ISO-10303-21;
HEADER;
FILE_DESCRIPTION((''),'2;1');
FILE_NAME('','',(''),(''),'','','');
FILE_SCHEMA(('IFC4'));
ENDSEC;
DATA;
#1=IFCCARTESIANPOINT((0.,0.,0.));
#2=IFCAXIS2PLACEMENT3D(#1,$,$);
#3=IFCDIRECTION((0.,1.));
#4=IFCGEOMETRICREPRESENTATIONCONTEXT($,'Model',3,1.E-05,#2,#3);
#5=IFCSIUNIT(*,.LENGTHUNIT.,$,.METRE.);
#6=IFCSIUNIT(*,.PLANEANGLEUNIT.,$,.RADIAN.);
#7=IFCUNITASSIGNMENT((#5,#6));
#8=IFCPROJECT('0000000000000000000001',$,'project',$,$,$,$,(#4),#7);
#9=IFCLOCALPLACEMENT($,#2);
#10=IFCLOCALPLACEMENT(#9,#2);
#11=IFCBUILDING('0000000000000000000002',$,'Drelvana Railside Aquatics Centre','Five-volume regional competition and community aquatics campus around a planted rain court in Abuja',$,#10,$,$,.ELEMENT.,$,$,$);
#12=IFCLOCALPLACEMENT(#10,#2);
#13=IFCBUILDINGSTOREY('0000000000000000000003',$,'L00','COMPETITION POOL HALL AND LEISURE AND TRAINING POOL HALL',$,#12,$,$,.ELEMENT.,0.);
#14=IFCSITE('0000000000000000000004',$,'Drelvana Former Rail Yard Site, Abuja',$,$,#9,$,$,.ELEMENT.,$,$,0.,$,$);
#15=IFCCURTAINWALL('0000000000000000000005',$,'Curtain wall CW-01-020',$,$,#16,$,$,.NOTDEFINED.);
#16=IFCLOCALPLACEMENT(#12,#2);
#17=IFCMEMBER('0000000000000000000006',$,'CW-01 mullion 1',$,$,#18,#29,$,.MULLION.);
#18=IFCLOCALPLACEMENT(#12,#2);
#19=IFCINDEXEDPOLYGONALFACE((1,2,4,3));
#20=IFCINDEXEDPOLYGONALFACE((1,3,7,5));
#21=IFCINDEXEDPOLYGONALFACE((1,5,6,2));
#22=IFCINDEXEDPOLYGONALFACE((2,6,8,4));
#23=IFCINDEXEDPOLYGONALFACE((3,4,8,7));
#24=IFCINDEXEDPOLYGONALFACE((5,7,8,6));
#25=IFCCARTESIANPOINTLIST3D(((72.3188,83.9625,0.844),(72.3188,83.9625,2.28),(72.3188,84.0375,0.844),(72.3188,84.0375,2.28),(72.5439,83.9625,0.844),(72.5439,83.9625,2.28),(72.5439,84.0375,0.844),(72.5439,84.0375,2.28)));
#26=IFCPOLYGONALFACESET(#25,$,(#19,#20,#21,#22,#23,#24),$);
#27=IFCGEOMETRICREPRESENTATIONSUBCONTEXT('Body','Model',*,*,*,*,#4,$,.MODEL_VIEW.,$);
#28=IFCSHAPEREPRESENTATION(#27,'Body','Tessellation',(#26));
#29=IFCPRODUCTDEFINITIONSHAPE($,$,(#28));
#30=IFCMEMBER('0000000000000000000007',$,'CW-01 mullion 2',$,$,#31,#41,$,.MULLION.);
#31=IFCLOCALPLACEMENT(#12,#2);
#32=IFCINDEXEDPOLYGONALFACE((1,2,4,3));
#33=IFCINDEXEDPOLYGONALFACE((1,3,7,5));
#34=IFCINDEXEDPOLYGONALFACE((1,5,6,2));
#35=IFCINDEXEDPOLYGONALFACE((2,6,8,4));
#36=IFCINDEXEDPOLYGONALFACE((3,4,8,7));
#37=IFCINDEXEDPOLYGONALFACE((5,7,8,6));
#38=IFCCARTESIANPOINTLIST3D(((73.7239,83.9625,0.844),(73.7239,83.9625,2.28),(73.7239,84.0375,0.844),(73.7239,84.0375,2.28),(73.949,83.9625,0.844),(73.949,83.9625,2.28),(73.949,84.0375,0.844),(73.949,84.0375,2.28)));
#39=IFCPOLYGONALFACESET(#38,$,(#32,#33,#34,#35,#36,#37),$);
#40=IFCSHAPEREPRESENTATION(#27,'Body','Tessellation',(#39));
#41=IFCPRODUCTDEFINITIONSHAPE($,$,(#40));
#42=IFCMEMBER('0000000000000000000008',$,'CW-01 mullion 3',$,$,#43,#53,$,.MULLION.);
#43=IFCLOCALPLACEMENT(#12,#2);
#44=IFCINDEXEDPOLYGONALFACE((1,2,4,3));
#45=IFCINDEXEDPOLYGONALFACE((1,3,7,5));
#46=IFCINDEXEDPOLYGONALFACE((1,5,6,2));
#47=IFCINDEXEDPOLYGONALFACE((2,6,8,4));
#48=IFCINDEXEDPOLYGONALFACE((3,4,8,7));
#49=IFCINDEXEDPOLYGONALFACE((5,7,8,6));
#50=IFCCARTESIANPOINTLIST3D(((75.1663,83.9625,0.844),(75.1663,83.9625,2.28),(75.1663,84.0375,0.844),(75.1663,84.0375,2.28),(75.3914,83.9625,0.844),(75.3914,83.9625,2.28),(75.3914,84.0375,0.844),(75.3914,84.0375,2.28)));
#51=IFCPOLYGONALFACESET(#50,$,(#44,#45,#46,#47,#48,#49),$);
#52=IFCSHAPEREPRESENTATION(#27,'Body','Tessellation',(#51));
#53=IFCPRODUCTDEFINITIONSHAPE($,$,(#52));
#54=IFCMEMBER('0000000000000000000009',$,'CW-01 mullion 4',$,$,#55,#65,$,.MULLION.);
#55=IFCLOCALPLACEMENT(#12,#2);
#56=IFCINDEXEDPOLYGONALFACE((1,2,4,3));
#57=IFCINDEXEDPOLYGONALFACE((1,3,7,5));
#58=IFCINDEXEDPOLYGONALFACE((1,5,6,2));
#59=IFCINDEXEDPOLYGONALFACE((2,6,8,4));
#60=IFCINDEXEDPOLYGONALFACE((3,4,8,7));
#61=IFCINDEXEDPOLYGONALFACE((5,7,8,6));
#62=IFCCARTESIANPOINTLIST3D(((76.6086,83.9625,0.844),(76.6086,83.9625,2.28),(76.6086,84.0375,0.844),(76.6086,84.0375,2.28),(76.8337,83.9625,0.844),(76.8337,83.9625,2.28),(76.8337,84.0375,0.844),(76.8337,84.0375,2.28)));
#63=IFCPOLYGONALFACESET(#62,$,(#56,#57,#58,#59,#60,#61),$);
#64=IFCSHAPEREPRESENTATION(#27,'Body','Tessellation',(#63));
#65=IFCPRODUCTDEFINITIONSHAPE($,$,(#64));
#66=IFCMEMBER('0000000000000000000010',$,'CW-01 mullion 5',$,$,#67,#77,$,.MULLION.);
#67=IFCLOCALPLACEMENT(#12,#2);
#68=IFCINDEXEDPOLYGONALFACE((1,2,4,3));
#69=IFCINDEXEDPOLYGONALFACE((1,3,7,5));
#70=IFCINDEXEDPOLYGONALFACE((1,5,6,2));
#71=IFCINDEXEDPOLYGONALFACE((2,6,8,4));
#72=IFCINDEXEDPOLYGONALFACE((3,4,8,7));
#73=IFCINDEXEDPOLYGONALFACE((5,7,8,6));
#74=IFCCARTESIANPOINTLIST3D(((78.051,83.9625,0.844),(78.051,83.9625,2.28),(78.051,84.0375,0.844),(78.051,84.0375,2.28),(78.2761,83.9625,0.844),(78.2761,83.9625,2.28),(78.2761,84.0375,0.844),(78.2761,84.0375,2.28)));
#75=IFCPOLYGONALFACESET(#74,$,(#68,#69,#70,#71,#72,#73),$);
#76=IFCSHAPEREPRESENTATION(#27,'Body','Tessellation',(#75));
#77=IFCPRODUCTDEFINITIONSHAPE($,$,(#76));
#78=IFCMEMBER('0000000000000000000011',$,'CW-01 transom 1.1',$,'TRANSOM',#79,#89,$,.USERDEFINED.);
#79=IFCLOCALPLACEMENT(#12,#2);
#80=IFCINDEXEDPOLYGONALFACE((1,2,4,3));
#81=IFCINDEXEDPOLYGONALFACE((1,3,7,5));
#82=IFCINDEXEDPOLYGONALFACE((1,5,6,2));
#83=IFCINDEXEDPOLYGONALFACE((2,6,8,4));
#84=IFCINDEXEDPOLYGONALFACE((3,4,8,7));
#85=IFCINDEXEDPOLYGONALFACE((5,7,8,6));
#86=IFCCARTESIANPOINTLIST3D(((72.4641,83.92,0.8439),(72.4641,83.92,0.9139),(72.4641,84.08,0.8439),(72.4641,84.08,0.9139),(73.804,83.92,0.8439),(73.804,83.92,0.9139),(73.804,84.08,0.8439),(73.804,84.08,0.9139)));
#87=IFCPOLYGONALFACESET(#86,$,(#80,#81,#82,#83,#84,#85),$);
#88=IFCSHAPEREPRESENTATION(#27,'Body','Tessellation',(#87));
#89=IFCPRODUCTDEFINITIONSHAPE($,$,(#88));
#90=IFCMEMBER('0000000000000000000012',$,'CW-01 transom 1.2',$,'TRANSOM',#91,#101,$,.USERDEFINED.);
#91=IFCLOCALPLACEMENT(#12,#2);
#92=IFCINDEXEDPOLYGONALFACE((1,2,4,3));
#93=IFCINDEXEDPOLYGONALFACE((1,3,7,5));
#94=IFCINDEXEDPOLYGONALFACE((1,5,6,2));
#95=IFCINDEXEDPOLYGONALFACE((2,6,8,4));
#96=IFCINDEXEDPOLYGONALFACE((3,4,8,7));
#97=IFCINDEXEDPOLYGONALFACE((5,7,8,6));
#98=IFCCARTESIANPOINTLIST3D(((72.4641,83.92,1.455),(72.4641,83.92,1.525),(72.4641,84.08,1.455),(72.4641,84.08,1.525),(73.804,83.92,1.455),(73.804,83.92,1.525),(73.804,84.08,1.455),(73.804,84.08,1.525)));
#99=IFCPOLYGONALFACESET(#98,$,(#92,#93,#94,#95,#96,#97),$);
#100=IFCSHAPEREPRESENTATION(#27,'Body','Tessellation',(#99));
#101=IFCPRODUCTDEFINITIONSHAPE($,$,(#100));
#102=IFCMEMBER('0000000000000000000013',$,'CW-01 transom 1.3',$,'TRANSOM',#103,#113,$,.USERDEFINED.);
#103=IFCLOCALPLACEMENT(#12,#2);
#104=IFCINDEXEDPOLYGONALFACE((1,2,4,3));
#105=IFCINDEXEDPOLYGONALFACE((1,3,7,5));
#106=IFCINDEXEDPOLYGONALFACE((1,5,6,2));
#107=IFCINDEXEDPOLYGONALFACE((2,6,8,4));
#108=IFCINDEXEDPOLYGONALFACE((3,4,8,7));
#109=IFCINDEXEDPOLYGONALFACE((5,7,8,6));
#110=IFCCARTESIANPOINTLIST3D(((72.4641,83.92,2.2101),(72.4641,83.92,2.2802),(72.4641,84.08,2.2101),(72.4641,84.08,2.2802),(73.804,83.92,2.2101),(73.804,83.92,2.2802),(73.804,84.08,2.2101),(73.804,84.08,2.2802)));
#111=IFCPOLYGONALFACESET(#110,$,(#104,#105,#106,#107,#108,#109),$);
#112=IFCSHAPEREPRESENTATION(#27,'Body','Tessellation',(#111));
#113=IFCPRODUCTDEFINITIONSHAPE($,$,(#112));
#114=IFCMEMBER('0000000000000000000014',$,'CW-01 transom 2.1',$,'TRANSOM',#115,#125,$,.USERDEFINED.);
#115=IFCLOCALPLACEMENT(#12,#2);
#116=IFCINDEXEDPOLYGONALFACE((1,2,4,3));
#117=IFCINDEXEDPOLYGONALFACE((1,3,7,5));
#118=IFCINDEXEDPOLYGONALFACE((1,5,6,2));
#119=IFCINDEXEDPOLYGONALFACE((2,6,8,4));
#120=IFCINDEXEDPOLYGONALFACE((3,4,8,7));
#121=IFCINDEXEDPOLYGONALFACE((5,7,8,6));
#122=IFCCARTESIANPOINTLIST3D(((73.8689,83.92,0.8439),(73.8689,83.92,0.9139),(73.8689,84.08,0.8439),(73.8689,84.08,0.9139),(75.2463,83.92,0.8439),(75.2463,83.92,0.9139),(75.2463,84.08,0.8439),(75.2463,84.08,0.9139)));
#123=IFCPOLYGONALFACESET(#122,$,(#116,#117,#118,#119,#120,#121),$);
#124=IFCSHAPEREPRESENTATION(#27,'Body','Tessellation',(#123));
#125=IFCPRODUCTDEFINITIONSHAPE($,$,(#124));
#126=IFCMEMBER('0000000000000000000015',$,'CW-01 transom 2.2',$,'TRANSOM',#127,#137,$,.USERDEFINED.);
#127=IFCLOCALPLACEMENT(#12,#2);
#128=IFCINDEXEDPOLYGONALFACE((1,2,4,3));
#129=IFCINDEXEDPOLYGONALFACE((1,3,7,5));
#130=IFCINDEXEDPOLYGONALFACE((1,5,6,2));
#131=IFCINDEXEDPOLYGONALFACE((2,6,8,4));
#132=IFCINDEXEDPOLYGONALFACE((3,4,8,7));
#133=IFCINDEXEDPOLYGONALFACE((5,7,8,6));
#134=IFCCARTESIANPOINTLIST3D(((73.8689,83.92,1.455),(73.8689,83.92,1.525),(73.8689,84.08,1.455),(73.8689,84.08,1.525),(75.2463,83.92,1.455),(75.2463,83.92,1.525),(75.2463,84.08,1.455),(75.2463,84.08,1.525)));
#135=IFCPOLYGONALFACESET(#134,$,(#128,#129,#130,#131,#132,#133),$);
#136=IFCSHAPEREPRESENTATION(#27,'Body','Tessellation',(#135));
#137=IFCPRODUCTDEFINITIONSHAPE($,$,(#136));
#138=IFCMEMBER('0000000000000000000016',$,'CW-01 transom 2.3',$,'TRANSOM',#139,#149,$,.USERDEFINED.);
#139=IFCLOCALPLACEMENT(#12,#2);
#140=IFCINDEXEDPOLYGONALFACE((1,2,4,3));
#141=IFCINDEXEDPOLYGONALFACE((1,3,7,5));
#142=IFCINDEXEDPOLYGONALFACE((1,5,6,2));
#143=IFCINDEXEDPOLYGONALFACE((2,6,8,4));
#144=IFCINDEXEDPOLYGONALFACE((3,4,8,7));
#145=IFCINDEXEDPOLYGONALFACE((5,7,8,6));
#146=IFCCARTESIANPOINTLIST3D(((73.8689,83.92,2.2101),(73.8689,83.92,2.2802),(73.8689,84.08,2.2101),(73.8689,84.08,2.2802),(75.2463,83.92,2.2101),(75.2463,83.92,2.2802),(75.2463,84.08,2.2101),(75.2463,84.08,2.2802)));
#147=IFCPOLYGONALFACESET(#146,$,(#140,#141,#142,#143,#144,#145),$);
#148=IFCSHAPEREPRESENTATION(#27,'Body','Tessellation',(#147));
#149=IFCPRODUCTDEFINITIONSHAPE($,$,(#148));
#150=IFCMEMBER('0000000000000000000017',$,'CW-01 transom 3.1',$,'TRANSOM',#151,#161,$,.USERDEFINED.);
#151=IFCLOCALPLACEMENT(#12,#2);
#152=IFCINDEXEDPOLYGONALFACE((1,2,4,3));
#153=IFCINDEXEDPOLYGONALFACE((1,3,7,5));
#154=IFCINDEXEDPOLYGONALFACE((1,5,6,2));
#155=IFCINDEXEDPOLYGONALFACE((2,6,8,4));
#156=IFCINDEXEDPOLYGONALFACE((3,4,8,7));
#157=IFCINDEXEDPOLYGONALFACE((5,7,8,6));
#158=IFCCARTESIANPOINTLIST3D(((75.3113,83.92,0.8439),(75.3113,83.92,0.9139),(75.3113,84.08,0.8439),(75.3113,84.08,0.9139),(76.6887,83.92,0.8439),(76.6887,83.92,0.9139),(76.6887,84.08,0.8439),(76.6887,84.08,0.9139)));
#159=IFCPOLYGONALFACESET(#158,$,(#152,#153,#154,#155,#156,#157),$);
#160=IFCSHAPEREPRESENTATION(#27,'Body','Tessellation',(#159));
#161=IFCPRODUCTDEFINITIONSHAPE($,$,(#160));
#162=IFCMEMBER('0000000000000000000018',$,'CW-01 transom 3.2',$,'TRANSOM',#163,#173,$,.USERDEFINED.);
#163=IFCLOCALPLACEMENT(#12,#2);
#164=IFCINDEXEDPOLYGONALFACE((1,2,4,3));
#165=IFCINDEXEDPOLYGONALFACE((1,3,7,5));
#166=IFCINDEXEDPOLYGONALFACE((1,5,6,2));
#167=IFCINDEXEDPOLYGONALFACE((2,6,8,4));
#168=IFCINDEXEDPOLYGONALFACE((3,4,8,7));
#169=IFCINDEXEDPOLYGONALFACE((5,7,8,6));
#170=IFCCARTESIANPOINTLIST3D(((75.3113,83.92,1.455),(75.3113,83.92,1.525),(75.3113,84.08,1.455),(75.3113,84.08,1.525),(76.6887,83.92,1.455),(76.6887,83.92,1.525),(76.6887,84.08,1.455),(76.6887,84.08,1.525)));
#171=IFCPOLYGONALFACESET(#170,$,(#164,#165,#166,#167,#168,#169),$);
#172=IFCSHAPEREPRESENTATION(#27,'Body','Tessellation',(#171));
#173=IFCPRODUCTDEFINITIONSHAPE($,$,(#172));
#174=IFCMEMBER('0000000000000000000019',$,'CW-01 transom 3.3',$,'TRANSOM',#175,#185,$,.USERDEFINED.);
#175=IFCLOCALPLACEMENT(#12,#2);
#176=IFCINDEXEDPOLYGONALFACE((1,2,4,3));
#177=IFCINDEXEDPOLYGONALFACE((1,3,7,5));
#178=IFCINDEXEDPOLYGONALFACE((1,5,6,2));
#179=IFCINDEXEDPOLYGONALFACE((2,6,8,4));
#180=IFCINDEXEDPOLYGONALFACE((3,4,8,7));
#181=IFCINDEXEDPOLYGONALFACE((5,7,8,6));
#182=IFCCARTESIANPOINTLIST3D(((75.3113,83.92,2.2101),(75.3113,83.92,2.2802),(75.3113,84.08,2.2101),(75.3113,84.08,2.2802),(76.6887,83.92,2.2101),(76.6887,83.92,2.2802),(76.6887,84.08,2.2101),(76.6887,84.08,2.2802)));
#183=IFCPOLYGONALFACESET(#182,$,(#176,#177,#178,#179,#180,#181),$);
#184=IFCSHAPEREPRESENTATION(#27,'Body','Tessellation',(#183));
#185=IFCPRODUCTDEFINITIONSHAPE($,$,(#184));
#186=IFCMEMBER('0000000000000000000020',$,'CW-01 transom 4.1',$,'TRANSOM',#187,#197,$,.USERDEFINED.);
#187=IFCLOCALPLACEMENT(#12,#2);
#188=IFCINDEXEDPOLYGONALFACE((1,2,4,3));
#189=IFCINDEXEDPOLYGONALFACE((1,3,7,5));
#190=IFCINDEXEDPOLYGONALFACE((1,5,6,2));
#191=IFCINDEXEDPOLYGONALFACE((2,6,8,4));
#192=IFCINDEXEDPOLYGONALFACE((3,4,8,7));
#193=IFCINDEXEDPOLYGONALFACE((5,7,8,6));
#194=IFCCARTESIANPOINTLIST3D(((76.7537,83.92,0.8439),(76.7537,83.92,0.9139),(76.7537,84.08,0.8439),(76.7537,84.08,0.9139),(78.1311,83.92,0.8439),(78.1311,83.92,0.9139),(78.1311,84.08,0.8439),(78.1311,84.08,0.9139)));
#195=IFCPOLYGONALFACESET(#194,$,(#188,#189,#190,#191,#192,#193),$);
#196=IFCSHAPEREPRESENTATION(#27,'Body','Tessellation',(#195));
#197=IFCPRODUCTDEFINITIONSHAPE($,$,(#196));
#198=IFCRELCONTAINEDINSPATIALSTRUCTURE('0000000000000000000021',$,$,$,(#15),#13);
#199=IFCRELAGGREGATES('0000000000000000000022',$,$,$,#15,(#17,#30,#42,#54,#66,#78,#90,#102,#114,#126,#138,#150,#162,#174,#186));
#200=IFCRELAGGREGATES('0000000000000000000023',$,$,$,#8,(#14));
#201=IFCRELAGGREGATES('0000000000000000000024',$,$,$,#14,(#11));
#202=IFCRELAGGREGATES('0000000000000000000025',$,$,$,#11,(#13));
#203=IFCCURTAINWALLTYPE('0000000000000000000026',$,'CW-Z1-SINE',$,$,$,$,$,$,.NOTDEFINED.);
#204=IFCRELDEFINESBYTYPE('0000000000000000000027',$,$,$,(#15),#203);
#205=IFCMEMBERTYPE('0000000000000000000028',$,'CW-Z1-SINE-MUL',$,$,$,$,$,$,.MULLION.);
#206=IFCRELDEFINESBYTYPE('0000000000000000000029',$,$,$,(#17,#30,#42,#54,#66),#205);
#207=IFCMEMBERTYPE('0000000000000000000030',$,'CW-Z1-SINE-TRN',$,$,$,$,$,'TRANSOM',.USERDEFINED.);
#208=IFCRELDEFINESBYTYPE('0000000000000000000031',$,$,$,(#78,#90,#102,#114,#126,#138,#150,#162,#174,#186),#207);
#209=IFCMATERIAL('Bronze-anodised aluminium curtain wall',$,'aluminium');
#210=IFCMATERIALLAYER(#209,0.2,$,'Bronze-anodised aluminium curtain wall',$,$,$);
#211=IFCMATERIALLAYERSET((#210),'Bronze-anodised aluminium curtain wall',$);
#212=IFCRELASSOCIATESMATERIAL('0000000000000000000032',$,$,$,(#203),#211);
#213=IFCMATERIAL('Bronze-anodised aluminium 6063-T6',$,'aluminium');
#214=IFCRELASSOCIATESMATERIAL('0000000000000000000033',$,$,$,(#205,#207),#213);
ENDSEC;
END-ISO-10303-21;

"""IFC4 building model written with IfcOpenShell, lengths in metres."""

from ifc_helpers import new_model, si_unit, direction, frame, origin, origin_2d, place, context, subcontext, project, spatial, rectangle, extrude, material, layer, layer_set, material_profile, profile_set, type_object, element, aggregate, save


model = new_model("IFC4")

# Units and contexts
model_context = context("Model", 3, precision=1e-05, world=origin(), true_north=direction((0.0, 1.0)))
body_context = subcontext(model_context, "Body", "Model", "MODEL_VIEW")
ifc_project = project(units=[si_unit("LENGTHUNIT", "METRE"), si_unit("PLANEANGLEUNIT", "RADIAN")], contexts=[model_context])

# Site, building, storey
site_placement = place(None, origin())
site = spatial("IfcSite", under=ifc_project, at=site_placement, Name="Drelvana Former Rail Yard Site, Abuja", CompositionType="ELEMENT", RefElevation=0.0)
building_placement = place(site_placement, origin())
building = spatial("IfcBuilding", under=site, at=building_placement, Name="Drelvana Railside Aquatics Centre", Description="Five-volume regional competition and community aquatics campus around a planted rain court in Abuja", CompositionType="ELEMENT")
storey_placement = place(building_placement, origin())
storey = spatial("IfcBuildingStorey", under=building, at=storey_placement, Name="L00", Description="COMPETITION POOL HALL AND LEISURE AND TRAINING POOL HALL", CompositionType="ELEMENT", Elevation=0.0)

# Curtain wall, members
ifc_material_1 = material(Name="Bronze-anodised aluminium curtain wall", Category="aluminium")
ifc_layer_1 = layer(ifc_material_1, 0.2, Name="Bronze-anodised aluminium curtain wall")
ifc_layer_set_1 = layer_set([ifc_layer_1], Name="Bronze-anodised aluminium curtain wall")
curtain_wall_type = type_object("IfcCurtainWallType", Name="CW-Z1-SINE", PredefinedType="NOTDEFINED", material=ifc_layer_set_1)
curtain_wall_placement = place(storey_placement, origin())
curtain_wall = element("IfcCurtainWall", 1, at=curtain_wall_placement, inside=storey, type_object=curtain_wall_type, Name="Curtain wall CW-01-020", PredefinedType="NOTDEFINED")
ifc_material_2 = material(Name="Bronze-anodised aluminium 6063-T6", Category="aluminium")
ifc_material_profile_1 = material_profile(ifc_material_2, rectangle(XDim=0.075, YDim=0.2251, at=origin_2d()), Name="ALU-M 75x225")
ifc_profile_set_1 = profile_set([ifc_material_profile_1], Name="Bronze-anodised aluminium 6063-T6")
member_type_1 = type_object("IfcMemberType", Name="CW-Z1-SINE-MUL", PredefinedType="MULLION", material=ifc_profile_set_1)
member_1_placement = place(storey_placement, frame((72.4314, 84.0, 0.844), z_axis=(0.0, 0.0, 1.0), x_axis=(0.0, 1.0, 0.0)))
member_1 = element("IfcMember", 2, at=member_1_placement, type_object=member_type_1, Name="CW-01 mullion 1", PredefinedType="MULLION", context=body_context, shape_type="SweptSolid", body=[
    extrude(rectangle(XDim=0.075, YDim=0.2251, at=origin_2d()), origin(), (0.0, 0.0, 1.0), 1.436),
])
member_2_placement = place(storey_placement, frame((73.8364, 84.0, 0.844), z_axis=(0.0, 0.0, 1.0), x_axis=(0.0, 1.0, 0.0)))
member_2 = element("IfcMember", 3, at=member_2_placement, type_object=member_type_1, Name="CW-01 mullion 2", PredefinedType="MULLION", context=body_context, shape_type="SweptSolid", body=[
    extrude(rectangle(XDim=0.075, YDim=0.2251, at=origin_2d()), origin(), (0.0, 0.0, 1.0), 1.436),
])
member_3_placement = place(storey_placement, frame((75.2788, 84.0, 0.844), z_axis=(0.0, 0.0, 1.0), x_axis=(0.0, 1.0, 0.0)))
member_3 = element("IfcMember", 4, at=member_3_placement, type_object=member_type_1, Name="CW-01 mullion 3", PredefinedType="MULLION", context=body_context, shape_type="SweptSolid", body=[
    extrude(rectangle(XDim=0.075, YDim=0.2251, at=origin_2d()), origin(), (0.0, 0.0, 1.0), 1.436),
])
member_4_placement = place(storey_placement, frame((76.7212, 84.0, 0.844), z_axis=(0.0, 0.0, 1.0), x_axis=(0.0, 1.0, 0.0)))
member_4 = element("IfcMember", 5, at=member_4_placement, type_object=member_type_1, Name="CW-01 mullion 4", PredefinedType="MULLION", context=body_context, shape_type="SweptSolid", body=[
    extrude(rectangle(XDim=0.075, YDim=0.2251, at=origin_2d()), origin(), (0.0, 0.0, 1.0), 1.436),
])
member_5_placement = place(storey_placement, frame((78.1636, 84.0, 0.844), z_axis=(0.0, 0.0, 1.0), x_axis=(0.0, 1.0, 0.0)))
member_5 = element("IfcMember", 6, at=member_5_placement, type_object=member_type_1, Name="CW-01 mullion 5", PredefinedType="MULLION", context=body_context, shape_type="SweptSolid", body=[
    extrude(rectangle(XDim=0.075, YDim=0.2251, at=origin_2d()), origin(), (0.0, 0.0, 1.0), 1.436),
])
ifc_material_profile_2 = material_profile(ifc_material_2, rectangle(XDim=0.1599, YDim=0.0701, at=origin_2d()), Name="ALU-T 70x160")
ifc_profile_set_2 = profile_set([ifc_material_profile_2], Name="Bronze-anodised aluminium 6063-T6")
member_type_2 = type_object("IfcMemberType", Name="CW-Z1-SINE-TRN", ElementType="TRANSOM", PredefinedType="USERDEFINED", material=ifc_profile_set_2)
member_6_placement = place(storey_placement, frame((72.4641, 84.0, 0.8789), z_axis=(1.0, 0.0, 0.0), x_axis=(0.0, 1.0, 0.0)))
member_6 = element("IfcMember", 7, at=member_6_placement, type_object=member_type_2, Name="CW-01 transom 1.1", ObjectType="TRANSOM", PredefinedType="USERDEFINED", context=body_context, shape_type="SweptSolid", body=[
    extrude(rectangle(XDim=0.1599, YDim=0.0701, at=origin_2d()), origin(), (0.0, 0.0, 1.0), 1.3398),
])
member_7_placement = place(storey_placement, frame((72.4641, 84.0, 1.49), z_axis=(1.0, 0.0, 0.0), x_axis=(0.0, 1.0, 0.0)))
member_7 = element("IfcMember", 8, at=member_7_placement, type_object=member_type_2, Name="CW-01 transom 1.2", ObjectType="TRANSOM", PredefinedType="USERDEFINED", context=body_context, shape_type="SweptSolid", body=[
    extrude(rectangle(XDim=0.1599, YDim=0.0701, at=origin_2d()), origin(), (0.0, 0.0, 1.0), 1.3398),
])
member_8_placement = place(storey_placement, frame((72.4641, 84.0, 2.2451), z_axis=(1.0, 0.0, 0.0), x_axis=(0.0, 1.0, 0.0)))
member_8 = element("IfcMember", 9, at=member_8_placement, type_object=member_type_2, Name="CW-01 transom 1.3", ObjectType="TRANSOM", PredefinedType="USERDEFINED", context=body_context, shape_type="SweptSolid", body=[
    extrude(rectangle(XDim=0.1599, YDim=0.0701, at=origin_2d()), origin(), (0.0, 0.0, 1.0), 1.3398),
])
member_9_placement = place(storey_placement, frame((73.8689, 84.0, 0.8789), z_axis=(1.0, 0.0, 0.0), x_axis=(0.0, 1.0, 0.0)))
member_9 = element("IfcMember", 10, at=member_9_placement, type_object=member_type_2, Name="CW-01 transom 2.1", ObjectType="TRANSOM", PredefinedType="USERDEFINED", context=body_context, shape_type="SweptSolid", body=[
    extrude(rectangle(XDim=0.1599, YDim=0.0701, at=origin_2d()), origin(), (0.0, 0.0, 1.0), 1.3774),
])
member_10_placement = place(storey_placement, frame((73.8689, 84.0, 1.49), z_axis=(1.0, 0.0, 0.0), x_axis=(0.0, 1.0, 0.0)))
member_10 = element("IfcMember", 11, at=member_10_placement, type_object=member_type_2, Name="CW-01 transom 2.2", ObjectType="TRANSOM", PredefinedType="USERDEFINED", context=body_context, shape_type="SweptSolid", body=[
    extrude(rectangle(XDim=0.1599, YDim=0.0701, at=origin_2d()), origin(), (0.0, 0.0, 1.0), 1.3774),
])
member_11_placement = place(storey_placement, frame((73.8689, 84.0, 2.2451), z_axis=(1.0, 0.0, 0.0), x_axis=(0.0, 1.0, 0.0)))
member_11 = element("IfcMember", 12, at=member_11_placement, type_object=member_type_2, Name="CW-01 transom 2.3", ObjectType="TRANSOM", PredefinedType="USERDEFINED", context=body_context, shape_type="SweptSolid", body=[
    extrude(rectangle(XDim=0.1599, YDim=0.0701, at=origin_2d()), origin(), (0.0, 0.0, 1.0), 1.3774),
])
member_12_placement = place(storey_placement, frame((75.3113, 84.0, 0.8789), z_axis=(1.0, 0.0, 0.0), x_axis=(0.0, 1.0, 0.0)))
member_12 = element("IfcMember", 13, at=member_12_placement, type_object=member_type_2, Name="CW-01 transom 3.1", ObjectType="TRANSOM", PredefinedType="USERDEFINED", context=body_context, shape_type="SweptSolid", body=[
    extrude(rectangle(XDim=0.1599, YDim=0.0701, at=origin_2d()), origin(), (0.0, 0.0, 1.0), 1.3774),
])
member_13_placement = place(storey_placement, frame((75.3113, 84.0, 1.49), z_axis=(1.0, 0.0, 0.0), x_axis=(0.0, 1.0, 0.0)))
member_13 = element("IfcMember", 14, at=member_13_placement, type_object=member_type_2, Name="CW-01 transom 3.2", ObjectType="TRANSOM", PredefinedType="USERDEFINED", context=body_context, shape_type="SweptSolid", body=[
    extrude(rectangle(XDim=0.1599, YDim=0.0701, at=origin_2d()), origin(), (0.0, 0.0, 1.0), 1.3774),
])
member_14_placement = place(storey_placement, frame((75.3113, 84.0, 2.2451), z_axis=(1.0, 0.0, 0.0), x_axis=(0.0, 1.0, 0.0)))
member_14 = element("IfcMember", 15, at=member_14_placement, type_object=member_type_2, Name="CW-01 transom 3.3", ObjectType="TRANSOM", PredefinedType="USERDEFINED", context=body_context, shape_type="SweptSolid", body=[
    extrude(rectangle(XDim=0.1599, YDim=0.0701, at=origin_2d()), origin(), (0.0, 0.0, 1.0), 1.3774),
])
member_15_placement = place(storey_placement, frame((76.7537, 84.0, 0.8789), z_axis=(1.0, 0.0, 0.0), x_axis=(0.0, 1.0, 0.0)))
member_15 = element("IfcMember", 16, at=member_15_placement, type_object=member_type_2, Name="CW-01 transom 4.1", ObjectType="TRANSOM", PredefinedType="USERDEFINED", context=body_context, shape_type="SweptSolid", body=[
    extrude(rectangle(XDim=0.1599, YDim=0.0701, at=origin_2d()), origin(), (0.0, 0.0, 1.0), 1.3774),
])

aggregate(curtain_wall, [member_1, member_2, member_3, member_4, member_5, member_6, member_7, member_8, member_9, member_10, member_11, member_12, member_13, member_14, member_15])

save(model, "model.ifc")
